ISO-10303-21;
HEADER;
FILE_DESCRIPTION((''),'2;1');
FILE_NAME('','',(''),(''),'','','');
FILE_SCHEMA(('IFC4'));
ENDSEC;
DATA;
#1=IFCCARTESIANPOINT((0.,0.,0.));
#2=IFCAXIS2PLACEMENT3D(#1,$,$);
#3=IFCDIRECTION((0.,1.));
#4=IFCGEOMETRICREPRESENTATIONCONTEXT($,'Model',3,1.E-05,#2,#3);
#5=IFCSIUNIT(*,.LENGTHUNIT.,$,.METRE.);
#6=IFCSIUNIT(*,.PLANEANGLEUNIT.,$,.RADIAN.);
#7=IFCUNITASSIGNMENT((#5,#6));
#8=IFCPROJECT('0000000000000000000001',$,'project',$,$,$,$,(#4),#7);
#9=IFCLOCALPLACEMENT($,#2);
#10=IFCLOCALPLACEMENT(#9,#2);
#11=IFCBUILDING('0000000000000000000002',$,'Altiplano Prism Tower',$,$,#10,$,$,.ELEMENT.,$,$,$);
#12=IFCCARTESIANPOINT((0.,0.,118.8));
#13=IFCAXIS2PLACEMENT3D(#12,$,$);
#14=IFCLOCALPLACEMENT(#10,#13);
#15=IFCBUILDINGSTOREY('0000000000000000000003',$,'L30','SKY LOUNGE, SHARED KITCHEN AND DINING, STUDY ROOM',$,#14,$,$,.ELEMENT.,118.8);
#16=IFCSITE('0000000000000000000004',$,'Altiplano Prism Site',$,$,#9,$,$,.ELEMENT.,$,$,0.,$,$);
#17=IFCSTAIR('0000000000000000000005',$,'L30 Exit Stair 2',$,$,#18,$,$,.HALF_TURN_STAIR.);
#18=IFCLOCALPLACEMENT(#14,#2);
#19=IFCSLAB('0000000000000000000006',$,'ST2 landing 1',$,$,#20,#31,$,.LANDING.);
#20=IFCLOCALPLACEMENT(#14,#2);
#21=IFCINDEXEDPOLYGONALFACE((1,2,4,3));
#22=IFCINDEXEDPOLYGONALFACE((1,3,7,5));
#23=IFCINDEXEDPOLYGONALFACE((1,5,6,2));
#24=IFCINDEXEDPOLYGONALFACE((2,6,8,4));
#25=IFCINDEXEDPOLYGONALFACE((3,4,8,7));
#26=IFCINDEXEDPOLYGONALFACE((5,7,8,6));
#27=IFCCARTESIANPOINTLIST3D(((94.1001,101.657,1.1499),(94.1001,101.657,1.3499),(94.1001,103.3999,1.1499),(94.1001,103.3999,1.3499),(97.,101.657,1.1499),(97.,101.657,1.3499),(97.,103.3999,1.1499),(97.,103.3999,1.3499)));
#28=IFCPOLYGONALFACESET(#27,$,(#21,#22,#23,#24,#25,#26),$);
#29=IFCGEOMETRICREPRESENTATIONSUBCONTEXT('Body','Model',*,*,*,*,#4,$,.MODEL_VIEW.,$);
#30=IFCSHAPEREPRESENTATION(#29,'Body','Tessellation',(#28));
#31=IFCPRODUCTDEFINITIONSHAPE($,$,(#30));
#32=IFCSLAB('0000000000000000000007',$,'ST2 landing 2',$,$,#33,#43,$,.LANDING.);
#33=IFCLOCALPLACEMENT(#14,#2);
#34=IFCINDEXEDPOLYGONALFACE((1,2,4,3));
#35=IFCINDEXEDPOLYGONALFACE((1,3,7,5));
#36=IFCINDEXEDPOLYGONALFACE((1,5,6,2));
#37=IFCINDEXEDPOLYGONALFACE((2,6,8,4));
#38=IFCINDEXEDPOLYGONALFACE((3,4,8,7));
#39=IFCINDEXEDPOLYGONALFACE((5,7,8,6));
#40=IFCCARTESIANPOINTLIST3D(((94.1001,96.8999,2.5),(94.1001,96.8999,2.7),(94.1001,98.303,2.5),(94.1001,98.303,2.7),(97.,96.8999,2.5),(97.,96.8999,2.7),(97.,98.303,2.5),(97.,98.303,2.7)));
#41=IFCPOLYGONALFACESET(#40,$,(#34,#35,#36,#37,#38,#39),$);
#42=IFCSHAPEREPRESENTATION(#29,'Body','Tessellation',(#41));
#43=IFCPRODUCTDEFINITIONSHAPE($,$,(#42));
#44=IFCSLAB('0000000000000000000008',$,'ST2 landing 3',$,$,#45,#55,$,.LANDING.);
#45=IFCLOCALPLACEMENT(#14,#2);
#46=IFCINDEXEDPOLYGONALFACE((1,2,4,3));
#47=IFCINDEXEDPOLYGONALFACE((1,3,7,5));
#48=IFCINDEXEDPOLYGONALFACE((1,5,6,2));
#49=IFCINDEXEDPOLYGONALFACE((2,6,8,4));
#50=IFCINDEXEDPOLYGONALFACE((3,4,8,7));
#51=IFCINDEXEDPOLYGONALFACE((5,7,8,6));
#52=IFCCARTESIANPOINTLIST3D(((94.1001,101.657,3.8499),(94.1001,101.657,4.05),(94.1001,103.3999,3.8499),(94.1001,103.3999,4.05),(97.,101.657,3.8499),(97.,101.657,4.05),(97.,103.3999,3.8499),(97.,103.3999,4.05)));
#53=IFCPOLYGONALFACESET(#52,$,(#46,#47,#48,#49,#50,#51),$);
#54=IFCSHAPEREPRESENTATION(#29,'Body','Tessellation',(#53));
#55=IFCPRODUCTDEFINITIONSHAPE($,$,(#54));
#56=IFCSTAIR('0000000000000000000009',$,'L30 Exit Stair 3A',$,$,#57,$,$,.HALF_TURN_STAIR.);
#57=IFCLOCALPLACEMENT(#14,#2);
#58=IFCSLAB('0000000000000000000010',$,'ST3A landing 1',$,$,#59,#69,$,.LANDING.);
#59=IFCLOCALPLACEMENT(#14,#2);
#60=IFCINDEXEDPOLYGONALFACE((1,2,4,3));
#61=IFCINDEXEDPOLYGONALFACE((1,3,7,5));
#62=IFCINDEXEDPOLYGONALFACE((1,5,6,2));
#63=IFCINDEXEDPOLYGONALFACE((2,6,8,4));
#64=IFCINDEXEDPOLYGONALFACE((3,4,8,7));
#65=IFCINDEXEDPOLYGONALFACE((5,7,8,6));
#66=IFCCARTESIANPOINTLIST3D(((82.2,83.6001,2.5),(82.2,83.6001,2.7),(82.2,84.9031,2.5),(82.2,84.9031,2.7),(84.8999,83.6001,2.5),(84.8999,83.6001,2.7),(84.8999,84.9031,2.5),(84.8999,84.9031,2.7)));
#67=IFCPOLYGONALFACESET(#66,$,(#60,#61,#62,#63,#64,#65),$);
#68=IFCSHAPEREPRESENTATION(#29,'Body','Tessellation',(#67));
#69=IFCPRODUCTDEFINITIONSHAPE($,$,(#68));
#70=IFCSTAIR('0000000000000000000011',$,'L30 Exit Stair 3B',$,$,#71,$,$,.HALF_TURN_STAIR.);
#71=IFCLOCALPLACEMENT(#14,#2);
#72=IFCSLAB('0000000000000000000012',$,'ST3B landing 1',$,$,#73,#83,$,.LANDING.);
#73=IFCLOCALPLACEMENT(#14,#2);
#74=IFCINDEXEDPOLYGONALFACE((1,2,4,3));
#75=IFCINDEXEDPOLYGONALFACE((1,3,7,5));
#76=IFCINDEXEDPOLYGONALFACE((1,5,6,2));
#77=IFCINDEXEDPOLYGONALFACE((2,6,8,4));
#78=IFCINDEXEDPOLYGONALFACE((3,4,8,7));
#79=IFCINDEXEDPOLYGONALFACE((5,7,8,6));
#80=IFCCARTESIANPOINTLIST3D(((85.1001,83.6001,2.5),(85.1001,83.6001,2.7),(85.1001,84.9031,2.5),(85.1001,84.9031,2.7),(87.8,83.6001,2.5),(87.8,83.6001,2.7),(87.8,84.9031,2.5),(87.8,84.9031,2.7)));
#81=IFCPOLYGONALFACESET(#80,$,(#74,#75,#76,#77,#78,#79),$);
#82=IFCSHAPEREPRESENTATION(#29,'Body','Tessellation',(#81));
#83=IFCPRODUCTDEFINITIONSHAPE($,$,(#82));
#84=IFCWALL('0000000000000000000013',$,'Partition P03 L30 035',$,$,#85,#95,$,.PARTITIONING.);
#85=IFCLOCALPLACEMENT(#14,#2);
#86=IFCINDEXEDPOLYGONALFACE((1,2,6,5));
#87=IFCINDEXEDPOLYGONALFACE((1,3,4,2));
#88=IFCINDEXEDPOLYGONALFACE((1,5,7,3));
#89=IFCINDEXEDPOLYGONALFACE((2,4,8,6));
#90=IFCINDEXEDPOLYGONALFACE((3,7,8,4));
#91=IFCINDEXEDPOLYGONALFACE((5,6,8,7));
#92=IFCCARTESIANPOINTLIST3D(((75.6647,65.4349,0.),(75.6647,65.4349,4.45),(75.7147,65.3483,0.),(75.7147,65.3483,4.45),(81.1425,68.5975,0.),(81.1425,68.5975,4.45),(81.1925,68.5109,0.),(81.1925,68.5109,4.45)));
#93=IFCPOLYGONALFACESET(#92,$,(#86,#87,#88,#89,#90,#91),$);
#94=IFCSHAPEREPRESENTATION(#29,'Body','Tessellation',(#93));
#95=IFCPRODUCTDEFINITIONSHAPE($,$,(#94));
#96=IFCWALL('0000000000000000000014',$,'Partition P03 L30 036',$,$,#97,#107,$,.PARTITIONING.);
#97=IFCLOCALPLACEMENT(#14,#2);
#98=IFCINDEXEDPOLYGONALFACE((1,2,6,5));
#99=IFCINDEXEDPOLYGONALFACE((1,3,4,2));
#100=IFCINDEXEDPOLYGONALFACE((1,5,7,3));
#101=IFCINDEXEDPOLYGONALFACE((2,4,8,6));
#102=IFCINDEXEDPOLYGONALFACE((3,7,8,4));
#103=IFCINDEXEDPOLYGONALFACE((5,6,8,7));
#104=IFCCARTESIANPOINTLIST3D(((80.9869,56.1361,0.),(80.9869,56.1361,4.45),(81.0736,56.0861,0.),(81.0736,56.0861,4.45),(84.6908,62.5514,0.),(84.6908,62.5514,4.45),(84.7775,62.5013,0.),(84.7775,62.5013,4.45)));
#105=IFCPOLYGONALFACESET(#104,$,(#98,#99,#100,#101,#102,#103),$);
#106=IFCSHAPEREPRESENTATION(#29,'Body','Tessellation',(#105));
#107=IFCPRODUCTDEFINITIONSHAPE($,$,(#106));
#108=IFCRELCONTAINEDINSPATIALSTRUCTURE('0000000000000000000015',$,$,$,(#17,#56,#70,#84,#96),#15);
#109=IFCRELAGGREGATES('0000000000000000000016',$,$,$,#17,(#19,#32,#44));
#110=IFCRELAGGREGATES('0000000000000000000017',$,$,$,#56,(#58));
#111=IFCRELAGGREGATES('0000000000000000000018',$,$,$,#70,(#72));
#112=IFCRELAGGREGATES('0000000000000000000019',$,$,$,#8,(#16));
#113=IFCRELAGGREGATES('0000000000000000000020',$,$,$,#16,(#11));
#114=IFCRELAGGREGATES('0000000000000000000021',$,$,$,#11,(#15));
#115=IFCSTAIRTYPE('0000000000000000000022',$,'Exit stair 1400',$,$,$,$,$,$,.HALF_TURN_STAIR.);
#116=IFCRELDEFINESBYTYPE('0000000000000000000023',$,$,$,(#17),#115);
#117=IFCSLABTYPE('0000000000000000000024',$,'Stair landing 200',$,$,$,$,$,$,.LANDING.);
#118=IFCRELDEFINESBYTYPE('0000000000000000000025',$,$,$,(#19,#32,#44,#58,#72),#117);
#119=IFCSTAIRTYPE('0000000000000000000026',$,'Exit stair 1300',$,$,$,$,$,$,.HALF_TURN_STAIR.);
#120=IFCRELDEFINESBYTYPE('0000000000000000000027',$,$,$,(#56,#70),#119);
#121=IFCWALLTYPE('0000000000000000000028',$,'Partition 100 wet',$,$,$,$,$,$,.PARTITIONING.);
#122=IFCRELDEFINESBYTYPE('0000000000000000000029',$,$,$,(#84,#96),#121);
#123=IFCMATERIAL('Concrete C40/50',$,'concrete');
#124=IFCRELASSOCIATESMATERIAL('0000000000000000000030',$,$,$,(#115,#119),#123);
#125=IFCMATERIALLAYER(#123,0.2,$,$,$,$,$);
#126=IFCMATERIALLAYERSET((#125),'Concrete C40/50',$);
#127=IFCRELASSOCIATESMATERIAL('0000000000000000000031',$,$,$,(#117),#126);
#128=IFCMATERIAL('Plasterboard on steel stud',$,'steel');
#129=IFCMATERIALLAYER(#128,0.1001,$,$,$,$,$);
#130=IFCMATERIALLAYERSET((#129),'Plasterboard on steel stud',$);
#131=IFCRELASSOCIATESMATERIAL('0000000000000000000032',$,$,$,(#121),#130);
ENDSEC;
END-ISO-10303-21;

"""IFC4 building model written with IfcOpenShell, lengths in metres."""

from ifc_helpers import new_model, si_unit, direction, frame, frame_2d, origin, place, context, subcontext, project, spatial, polyline, rectangle, outline, extrude, material, layer, layer_set, type_object, element, aggregate, save


model = new_model("IFC4")

# Units and contexts
model_context = context("Model", 3, precision=1e-05, world=origin(), true_north=direction((0.0, 1.0)))
body_context = subcontext(model_context, "Body", "Model", "MODEL_VIEW")
ifc_project = project(units=[si_unit("LENGTHUNIT", "METRE"), si_unit("PLANEANGLEUNIT", "RADIAN")], contexts=[model_context])

# Site, building, storey
site_placement = place(None, origin())
site = spatial("IfcSite", under=ifc_project, at=site_placement, Name="Altiplano Prism Site", CompositionType="ELEMENT", RefElevation=0.0)
building_placement = place(site_placement, origin())
building = spatial("IfcBuilding", under=site, at=building_placement, Name="Altiplano Prism Tower", CompositionType="ELEMENT")
storey_placement = place(building_placement, frame((0.0, 0.0, 118.8)))
storey = spatial("IfcBuildingStorey", under=building, at=storey_placement, Name="L30", Description="SKY LOUNGE, SHARED KITCHEN AND DINING, STUDY ROOM", CompositionType="ELEMENT", Elevation=118.8)

# Shared definitions
ifc_material_1 = material(Name="Concrete C40/50", Category="concrete")

# Stair, slabs
stair_type_1 = type_object("IfcStairType", Name="Exit stair 1400", PredefinedType="HALF_TURN_STAIR", material=ifc_material_1)
ifc_layer_1 = layer(ifc_material_1, 0.2)
ifc_layer_set_1 = layer_set([ifc_layer_1], Name="Concrete C40/50")
slab_type_1 = type_object("IfcSlabType", Name="Stair landing 200", PredefinedType="LANDING", material=ifc_layer_set_1)
stair_1_placement = place(storey_placement, origin())
stair_1 = element("IfcStair", 1, at=stair_1_placement, inside=storey, type_object=stair_type_1, Name="L30 Exit Stair 2", PredefinedType="HALF_TURN_STAIR")
slab_1_placement = place(storey_placement, frame((0.0, 0.0, 1.1499)))
slab_1 = element("IfcSlab", 2, at=slab_1_placement, type_object=slab_type_1, Name="ST2 landing 1", PredefinedType="LANDING", context=body_context, shape_type="SweptSolid", body=[
    extrude(outline(polyline([(97.0, 101.657), (97.0, 103.3999), (94.1001, 103.3999), (94.1001, 101.657), (97.0, 101.657)])), origin(), (0.0, 0.0, 1.0), 0.2),
])
slab_2_placement = place(storey_placement, frame((0.0, 0.0, 2.5)))
slab_2 = element("IfcSlab", 3, at=slab_2_placement, type_object=slab_type_1, Name="ST2 landing 2", PredefinedType="LANDING", context=body_context, shape_type="SweptSolid", body=[
    extrude(outline(polyline([(97.0, 96.8999), (97.0, 98.303), (94.1001, 98.303), (94.1001, 96.8999), (97.0, 96.8999)])), origin(), (0.0, 0.0, 1.0), 0.2),
])
slab_3_placement = place(storey_placement, frame((0.0, 0.0, 3.8499)))
slab_3 = element("IfcSlab", 4, at=slab_3_placement, type_object=slab_type_1, Name="ST2 landing 3", PredefinedType="LANDING", context=body_context, shape_type="SweptSolid", body=[
    extrude(outline(polyline([(97.0, 101.657), (97.0, 103.3999), (94.1001, 103.3999), (94.1001, 101.657), (97.0, 101.657)])), origin(), (0.0, 0.0, 1.0), 0.2002),
])
aggregate(stair_1, [slab_1, slab_2, slab_3])

# Stairs, slabs
stair_type_2 = type_object("IfcStairType", Name="Exit stair 1300", PredefinedType="HALF_TURN_STAIR", material=ifc_material_1)
stair_2_placement = place(storey_placement, origin())
stair_2 = element("IfcStair", 5, at=stair_2_placement, inside=storey, type_object=stair_type_2, Name="L30 Exit Stair 3A", PredefinedType="HALF_TURN_STAIR")
slab_4_placement = place(storey_placement, frame((0.0, 0.0, 2.5)))
slab_4 = element("IfcSlab", 6, at=slab_4_placement, type_object=slab_type_1, Name="ST3A landing 1", PredefinedType="LANDING", context=body_context, shape_type="SweptSolid", body=[
    extrude(outline(polyline([(82.2, 84.9031), (82.2, 83.6001), (84.8999, 83.6001), (84.8999, 84.9031), (82.2, 84.9031)])), origin(), (0.0, 0.0, 1.0), 0.2),
])
aggregate(stair_2, [slab_4])
stair_3_placement = place(storey_placement, origin())
stair_3 = element("IfcStair", 7, at=stair_3_placement, inside=storey, type_object=stair_type_2, Name="L30 Exit Stair 3B", PredefinedType="HALF_TURN_STAIR")
slab_5_placement = place(storey_placement, frame((0.0, 0.0, 2.5)))
slab_5 = element("IfcSlab", 8, at=slab_5_placement, type_object=slab_type_1, Name="ST3B landing 1", PredefinedType="LANDING", context=body_context, shape_type="SweptSolid", body=[
    extrude(outline(polyline([(85.1001, 84.9031), (85.1001, 83.6001), (87.8, 83.6001), (87.8, 84.9031), (85.1001, 84.9031)])), origin(), (0.0, 0.0, 1.0), 0.2),
])
aggregate(stair_3, [slab_5])

# Walls
ifc_material_2 = material(Name="Plasterboard on steel stud", Category="steel")
ifc_layer_2 = layer(ifc_material_2, 0.1001)
ifc_layer_set_2 = layer_set([ifc_layer_2], Name="Plasterboard on steel stud")
wall_type = type_object("IfcWallType", Name="Partition 100 wet", PredefinedType="PARTITIONING", material=ifc_layer_set_2)
wall_1_placement = place(storey_placement, frame((75.6897, 65.3916, 0.0), z_axis=(0.0, 0.0, 1.0), x_axis=(0.866026, 0.5, 0.0)))
element("IfcWall", 9, at=wall_1_placement, inside=storey, type_object=wall_type, Name="Partition P03 L30 035", PredefinedType="PARTITIONING", context=body_context, shape_type="SweptSolid", body=[
    extrude(rectangle(XDim=6.3252, YDim=0.1001, at=frame_2d((3.1626, 0.0))), origin(), (0.0, 0.0, 1.0), 4.45),
])
wall_2_placement = place(storey_placement, frame((81.0303, 56.1111, 0.0), z_axis=(0.0, 0.0, 1.0), x_axis=(0.499999, 0.866026, 0.0)))
element("IfcWall", 10, at=wall_2_placement, inside=storey, type_object=wall_type, Name="Partition P03 L30 036", PredefinedType="PARTITIONING", context=body_context, shape_type="SweptSolid", body=[
    extrude(rectangle(XDim=7.4077, YDim=0.1001, at=frame_2d((3.7039, 0.0))), origin(), (0.0, 0.0, 1.0), 4.45),
])

save(model, "model.ifc")
